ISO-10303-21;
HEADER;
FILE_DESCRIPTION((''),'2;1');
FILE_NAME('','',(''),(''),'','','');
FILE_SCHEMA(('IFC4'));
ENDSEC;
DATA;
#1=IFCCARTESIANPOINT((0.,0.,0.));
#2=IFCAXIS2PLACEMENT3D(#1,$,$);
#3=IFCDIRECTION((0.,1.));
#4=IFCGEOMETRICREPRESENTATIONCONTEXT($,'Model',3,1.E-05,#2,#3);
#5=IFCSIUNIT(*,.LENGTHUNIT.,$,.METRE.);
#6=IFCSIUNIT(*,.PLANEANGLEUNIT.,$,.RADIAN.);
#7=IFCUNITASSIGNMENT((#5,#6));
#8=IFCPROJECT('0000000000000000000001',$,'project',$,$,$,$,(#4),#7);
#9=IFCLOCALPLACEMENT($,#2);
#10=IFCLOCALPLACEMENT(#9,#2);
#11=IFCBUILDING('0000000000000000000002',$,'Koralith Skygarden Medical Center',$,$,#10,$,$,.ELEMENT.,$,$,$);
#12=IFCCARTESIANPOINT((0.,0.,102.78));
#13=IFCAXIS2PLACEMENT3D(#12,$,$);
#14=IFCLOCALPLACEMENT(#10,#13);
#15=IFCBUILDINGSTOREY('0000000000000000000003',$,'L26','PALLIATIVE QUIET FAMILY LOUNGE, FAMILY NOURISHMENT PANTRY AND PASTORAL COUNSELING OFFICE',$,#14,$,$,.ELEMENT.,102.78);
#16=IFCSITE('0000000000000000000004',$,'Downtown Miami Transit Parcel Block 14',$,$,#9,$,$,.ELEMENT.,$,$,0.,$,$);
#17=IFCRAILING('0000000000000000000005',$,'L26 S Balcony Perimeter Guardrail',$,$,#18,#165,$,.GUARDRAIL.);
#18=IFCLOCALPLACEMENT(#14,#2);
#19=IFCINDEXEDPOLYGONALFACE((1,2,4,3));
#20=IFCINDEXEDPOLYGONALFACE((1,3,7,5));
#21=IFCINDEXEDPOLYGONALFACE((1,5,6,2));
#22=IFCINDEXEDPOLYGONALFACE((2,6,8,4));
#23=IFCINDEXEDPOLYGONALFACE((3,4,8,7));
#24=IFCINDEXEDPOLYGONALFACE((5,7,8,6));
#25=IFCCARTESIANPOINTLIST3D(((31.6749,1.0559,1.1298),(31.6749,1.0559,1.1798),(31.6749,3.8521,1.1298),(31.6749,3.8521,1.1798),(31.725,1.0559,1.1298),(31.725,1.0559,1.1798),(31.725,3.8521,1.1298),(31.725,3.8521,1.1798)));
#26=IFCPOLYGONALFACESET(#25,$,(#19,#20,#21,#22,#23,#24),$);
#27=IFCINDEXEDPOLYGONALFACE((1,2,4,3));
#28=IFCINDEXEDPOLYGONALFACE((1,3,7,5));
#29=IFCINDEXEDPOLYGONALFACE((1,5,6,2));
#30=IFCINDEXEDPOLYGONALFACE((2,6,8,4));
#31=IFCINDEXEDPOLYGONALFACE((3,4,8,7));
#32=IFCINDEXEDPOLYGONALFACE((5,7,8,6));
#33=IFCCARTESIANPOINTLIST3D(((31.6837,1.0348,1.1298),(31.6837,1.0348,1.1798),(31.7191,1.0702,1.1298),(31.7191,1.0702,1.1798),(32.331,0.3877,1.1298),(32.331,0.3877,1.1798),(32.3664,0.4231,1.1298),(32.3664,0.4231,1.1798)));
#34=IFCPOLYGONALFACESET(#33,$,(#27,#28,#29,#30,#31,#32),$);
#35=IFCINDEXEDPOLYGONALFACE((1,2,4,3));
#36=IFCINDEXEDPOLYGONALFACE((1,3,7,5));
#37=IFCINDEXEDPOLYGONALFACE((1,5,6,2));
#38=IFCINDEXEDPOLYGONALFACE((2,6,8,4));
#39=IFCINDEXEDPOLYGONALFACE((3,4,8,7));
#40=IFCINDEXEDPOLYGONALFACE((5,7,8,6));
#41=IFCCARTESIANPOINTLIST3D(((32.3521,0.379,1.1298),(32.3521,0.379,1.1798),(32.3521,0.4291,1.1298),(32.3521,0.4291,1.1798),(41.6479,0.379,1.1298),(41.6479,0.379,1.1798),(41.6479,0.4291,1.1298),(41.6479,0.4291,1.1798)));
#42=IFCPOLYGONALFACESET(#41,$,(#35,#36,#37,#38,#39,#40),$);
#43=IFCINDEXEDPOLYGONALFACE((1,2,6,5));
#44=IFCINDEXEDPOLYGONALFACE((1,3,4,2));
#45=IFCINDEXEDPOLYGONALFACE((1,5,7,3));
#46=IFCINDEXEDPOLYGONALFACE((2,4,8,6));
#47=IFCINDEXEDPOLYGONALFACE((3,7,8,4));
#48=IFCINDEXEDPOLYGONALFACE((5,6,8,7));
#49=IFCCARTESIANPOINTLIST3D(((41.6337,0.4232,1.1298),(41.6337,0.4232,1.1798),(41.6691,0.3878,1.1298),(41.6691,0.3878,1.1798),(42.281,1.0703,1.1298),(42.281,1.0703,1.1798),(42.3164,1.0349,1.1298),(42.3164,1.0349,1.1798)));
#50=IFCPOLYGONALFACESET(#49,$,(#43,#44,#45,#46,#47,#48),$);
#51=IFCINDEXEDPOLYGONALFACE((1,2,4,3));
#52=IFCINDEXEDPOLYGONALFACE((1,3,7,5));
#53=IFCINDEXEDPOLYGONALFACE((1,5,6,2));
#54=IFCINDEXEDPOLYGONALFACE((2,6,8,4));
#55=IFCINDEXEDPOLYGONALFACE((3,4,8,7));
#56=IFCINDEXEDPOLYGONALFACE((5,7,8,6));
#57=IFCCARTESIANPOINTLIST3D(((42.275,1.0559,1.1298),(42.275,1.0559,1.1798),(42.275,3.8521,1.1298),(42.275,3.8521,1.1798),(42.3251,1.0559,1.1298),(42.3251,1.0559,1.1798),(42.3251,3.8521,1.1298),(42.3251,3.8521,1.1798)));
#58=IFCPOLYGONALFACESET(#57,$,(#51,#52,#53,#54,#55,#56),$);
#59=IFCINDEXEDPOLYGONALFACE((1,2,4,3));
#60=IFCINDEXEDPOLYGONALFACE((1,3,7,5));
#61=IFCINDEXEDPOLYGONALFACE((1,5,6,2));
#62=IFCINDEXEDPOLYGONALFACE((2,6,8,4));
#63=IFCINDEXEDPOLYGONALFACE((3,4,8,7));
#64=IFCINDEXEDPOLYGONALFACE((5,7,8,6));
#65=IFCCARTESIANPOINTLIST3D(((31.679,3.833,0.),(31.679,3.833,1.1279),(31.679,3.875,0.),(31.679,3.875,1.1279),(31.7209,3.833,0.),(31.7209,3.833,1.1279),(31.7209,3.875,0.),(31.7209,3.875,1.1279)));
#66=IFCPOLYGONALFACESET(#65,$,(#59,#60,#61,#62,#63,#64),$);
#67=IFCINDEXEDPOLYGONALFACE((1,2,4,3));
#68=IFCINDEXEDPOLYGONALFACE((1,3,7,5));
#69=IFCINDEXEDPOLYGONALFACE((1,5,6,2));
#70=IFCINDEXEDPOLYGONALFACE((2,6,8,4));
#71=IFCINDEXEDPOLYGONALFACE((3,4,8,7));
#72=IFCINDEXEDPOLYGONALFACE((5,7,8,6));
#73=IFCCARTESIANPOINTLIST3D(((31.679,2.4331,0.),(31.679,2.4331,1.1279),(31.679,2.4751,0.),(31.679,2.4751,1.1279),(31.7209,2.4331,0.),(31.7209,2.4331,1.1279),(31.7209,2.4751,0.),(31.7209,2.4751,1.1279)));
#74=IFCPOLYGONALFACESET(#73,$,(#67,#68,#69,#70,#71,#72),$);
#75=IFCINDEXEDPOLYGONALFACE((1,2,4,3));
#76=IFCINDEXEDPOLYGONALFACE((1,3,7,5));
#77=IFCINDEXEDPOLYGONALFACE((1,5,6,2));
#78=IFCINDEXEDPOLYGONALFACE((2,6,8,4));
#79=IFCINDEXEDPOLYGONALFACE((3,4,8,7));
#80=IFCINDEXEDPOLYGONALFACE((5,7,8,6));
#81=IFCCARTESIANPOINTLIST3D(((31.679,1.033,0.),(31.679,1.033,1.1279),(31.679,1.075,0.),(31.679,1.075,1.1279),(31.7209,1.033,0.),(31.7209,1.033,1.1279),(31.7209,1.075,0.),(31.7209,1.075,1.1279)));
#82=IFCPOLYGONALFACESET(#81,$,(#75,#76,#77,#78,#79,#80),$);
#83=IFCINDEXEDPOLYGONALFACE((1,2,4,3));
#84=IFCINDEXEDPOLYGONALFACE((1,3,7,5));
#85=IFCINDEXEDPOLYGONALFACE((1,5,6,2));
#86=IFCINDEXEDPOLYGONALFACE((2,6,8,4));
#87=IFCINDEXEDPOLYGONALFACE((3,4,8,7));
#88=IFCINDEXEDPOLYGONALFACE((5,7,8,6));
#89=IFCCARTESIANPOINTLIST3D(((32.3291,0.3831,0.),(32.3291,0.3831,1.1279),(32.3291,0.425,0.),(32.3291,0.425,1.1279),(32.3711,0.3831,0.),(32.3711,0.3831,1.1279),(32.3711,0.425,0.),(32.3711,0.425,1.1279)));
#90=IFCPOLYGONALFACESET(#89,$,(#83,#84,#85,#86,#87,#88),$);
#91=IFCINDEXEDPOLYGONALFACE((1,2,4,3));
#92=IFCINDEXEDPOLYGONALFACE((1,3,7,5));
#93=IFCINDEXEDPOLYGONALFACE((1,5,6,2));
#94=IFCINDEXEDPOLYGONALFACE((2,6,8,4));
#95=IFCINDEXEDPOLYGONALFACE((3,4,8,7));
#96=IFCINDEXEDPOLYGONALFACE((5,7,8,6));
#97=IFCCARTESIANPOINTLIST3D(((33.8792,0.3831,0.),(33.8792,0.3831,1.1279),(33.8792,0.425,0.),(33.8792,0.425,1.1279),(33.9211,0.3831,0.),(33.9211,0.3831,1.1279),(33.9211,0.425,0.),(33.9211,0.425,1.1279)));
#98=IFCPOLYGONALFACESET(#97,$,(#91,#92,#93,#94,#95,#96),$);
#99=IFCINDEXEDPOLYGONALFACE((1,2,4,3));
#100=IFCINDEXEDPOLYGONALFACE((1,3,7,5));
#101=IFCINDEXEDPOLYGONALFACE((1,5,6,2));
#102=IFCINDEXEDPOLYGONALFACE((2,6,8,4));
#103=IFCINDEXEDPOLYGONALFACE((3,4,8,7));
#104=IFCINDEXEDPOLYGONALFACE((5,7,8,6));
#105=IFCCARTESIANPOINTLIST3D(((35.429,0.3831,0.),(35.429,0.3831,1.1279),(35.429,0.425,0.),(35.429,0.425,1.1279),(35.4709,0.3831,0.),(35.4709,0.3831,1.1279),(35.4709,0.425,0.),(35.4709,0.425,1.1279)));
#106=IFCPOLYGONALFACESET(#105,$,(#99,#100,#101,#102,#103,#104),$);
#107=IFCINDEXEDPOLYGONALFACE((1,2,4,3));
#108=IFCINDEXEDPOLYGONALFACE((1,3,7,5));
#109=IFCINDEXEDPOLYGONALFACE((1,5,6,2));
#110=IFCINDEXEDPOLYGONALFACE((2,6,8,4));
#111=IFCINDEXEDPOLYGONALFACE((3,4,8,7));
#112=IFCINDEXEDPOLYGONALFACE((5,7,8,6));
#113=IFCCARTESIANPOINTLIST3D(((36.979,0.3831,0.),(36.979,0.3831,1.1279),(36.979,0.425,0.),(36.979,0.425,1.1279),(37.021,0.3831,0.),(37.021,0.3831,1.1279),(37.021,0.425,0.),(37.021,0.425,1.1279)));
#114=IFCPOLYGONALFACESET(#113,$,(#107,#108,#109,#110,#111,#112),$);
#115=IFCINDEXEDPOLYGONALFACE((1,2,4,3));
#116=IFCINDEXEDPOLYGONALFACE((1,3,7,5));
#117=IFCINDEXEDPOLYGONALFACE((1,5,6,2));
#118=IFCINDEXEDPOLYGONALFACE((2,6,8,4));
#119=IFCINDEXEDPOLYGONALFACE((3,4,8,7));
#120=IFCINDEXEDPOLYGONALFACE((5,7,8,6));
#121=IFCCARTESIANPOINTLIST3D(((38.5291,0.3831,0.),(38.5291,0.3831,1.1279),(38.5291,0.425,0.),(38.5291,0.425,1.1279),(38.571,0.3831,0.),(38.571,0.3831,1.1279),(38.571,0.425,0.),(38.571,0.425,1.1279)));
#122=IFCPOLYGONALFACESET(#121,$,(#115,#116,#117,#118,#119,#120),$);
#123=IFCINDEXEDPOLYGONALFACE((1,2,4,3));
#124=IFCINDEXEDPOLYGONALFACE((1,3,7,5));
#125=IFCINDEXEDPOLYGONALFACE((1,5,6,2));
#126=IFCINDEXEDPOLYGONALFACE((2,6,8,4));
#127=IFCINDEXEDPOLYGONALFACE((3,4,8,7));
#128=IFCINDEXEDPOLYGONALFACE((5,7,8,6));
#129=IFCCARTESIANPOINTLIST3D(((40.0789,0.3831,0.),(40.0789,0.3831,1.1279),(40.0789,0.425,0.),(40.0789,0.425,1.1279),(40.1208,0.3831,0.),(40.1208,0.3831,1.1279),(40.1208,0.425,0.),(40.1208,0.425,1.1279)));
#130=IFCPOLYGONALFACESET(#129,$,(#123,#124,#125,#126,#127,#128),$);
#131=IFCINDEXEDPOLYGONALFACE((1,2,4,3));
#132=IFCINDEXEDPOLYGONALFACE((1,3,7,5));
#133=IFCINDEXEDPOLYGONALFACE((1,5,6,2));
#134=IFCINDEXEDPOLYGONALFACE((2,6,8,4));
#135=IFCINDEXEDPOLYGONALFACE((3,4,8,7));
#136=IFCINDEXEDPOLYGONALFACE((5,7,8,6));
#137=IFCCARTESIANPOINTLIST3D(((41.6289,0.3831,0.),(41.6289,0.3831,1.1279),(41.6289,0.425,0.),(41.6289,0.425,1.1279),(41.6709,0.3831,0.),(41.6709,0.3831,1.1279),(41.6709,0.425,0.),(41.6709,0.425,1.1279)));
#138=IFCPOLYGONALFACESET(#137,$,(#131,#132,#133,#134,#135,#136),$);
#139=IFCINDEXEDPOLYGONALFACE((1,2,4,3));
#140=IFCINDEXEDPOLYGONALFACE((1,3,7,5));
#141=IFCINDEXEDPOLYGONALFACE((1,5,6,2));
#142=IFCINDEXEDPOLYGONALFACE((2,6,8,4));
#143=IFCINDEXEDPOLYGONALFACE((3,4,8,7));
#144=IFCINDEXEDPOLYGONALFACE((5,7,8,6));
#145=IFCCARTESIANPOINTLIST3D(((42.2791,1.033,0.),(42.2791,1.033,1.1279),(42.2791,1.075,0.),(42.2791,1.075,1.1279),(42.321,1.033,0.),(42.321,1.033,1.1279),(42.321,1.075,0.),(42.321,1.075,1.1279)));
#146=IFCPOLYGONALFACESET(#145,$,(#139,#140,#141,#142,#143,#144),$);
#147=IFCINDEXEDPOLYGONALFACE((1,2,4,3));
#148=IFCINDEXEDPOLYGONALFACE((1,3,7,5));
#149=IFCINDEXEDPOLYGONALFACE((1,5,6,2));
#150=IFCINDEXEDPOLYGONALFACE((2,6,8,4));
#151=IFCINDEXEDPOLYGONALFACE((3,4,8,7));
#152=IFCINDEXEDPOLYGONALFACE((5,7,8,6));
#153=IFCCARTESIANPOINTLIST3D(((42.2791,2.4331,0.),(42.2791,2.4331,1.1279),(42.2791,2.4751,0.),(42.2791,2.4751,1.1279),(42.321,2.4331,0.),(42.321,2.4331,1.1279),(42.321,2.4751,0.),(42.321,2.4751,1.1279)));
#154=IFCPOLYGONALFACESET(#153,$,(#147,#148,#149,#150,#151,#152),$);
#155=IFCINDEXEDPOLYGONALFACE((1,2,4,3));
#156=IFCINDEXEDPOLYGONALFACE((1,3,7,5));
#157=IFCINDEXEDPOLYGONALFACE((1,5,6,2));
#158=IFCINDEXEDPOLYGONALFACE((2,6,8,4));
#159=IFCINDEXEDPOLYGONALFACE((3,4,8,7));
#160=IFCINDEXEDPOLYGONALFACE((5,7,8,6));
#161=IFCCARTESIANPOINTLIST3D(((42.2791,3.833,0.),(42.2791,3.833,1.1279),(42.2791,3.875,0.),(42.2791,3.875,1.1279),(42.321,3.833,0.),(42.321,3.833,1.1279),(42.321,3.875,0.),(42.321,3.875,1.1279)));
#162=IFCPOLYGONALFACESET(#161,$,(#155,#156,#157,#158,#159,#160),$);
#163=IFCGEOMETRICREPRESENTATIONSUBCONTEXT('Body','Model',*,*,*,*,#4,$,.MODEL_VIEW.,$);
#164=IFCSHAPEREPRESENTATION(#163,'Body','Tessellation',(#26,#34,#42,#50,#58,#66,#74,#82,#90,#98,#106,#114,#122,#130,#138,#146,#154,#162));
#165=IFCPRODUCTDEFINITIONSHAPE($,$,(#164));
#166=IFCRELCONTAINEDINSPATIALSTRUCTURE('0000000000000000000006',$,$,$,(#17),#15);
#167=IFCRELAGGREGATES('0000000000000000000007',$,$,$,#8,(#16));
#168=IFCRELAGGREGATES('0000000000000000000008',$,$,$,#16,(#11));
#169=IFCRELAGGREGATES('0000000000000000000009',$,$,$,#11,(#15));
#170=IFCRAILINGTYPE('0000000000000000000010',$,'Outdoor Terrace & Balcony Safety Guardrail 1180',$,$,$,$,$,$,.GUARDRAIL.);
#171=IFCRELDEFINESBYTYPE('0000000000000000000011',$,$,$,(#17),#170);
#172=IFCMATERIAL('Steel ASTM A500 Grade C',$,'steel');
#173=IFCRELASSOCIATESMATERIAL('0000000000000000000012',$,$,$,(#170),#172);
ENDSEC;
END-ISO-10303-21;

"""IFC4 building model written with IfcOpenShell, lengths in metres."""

from ifc_helpers import new_model, si_unit, direction, frame, origin, origin_2d, place, context, subcontext, project, spatial, rectangle, extrude, material, type_object, element, save


model = new_model("IFC4")

# Units and contexts
model_context = context("Model", 3, precision=1e-05, world=origin(), true_north=direction((0.0, 1.0)))
body_context = subcontext(model_context, "Body", "Model", "MODEL_VIEW")
ifc_project = project(units=[si_unit("LENGTHUNIT", "METRE"), si_unit("PLANEANGLEUNIT", "RADIAN")], contexts=[model_context])

# Site, building, storey
site_placement = place(None, origin())
site = spatial("IfcSite", under=ifc_project, at=site_placement, Name="Downtown Miami Transit Parcel Block 14", CompositionType="ELEMENT", RefElevation=0.0)
building_placement = place(site_placement, origin())
building = spatial("IfcBuilding", under=site, at=building_placement, Name="Koralith Skygarden Medical Center", CompositionType="ELEMENT")
storey_placement = place(building_placement, frame((0.0, 0.0, 102.78)))
storey = spatial("IfcBuildingStorey", under=building, at=storey_placement, Name="L26", Description="PALLIATIVE QUIET FAMILY LOUNGE, FAMILY NOURISHMENT PANTRY AND PASTORAL COUNSELING OFFICE", CompositionType="ELEMENT", Elevation=102.78)

# Railing
ifc_material_1 = material(Name="Steel ASTM A500 Grade C", Category="steel")
railing_type = type_object("IfcRailingType", Name="Outdoor Terrace & Balcony Safety Guardrail 1180", PredefinedType="GUARDRAIL", material=ifc_material_1)
railing_placement = place(storey_placement, frame((31.7, 3.854, 0.0)))
element("IfcRailing", 1, at=railing_placement, inside=storey, type_object=railing_type, Name="L26 S Balcony Perimeter Guardrail", PredefinedType="GUARDRAIL", context=body_context, shape_type="SweptSolid", body=[
    extrude(rectangle(XDim=0.05, YDim=0.05, at=origin_2d()), frame((0.0, -0.002, 1.1548), z_axis=(0.0, -1.0, 0.0), x_axis=(1.0, 0.0, 0.0)), (0.0, 0.0, 1.0), 2.7961),
    extrude(rectangle(XDim=0.05, YDim=0.05, at=origin_2d()), frame((0.0015, -2.8015, 1.1548), z_axis=(0.70724, -0.706974, 0.0), x_axis=(0.706974, 0.70724, 0.0)), (0.0, 0.0, 1.0), 0.9153),
    extrude(rectangle(XDim=0.05, YDim=0.05, at=origin_2d()), frame((0.6521, -3.45, 1.1548), z_axis=(1.0, 0.0, 0.0), x_axis=(0.0, 1.0, 0.0)), (0.0, 0.0, 1.0), 9.2959),
    extrude(rectangle(XDim=0.05, YDim=0.05, at=origin_2d()), frame((9.9514, -3.4485, 1.1548), z_axis=(0.70724, 0.706974, 0.0), x_axis=(-0.706974, 0.70724, 0.0)), (0.0, 0.0, 1.0), 0.9153),
    extrude(rectangle(XDim=0.05, YDim=0.05, at=origin_2d()), frame((10.6001, -2.7981, 1.1548), z_axis=(0.0, 1.0, 0.0), x_axis=(-1.0, 0.0, 0.0)), (0.0, 0.0, 1.0), 2.7961),
    extrude(rectangle(XDim=0.042, YDim=0.042, at=origin_2d()), origin(), (0.0, 0.0, 1.0), 1.1279),
    extrude(rectangle(XDim=0.042, YDim=0.042, at=origin_2d()), frame((0.0, -1.3999, 0.0)), (0.0, 0.0, 1.0), 1.1279),
    extrude(rectangle(XDim=0.042, YDim=0.042, at=origin_2d()), frame((0.0, -2.8, 0.0)), (0.0, 0.0, 1.0), 1.1279),
    extrude(rectangle(XDim=0.042, YDim=0.042, at=origin_2d()), frame((0.6501, -3.45, 0.0)), (0.0, 0.0, 1.0), 1.1279),
    extrude(rectangle(XDim=0.042, YDim=0.042, at=origin_2d()), frame((2.2002, -3.45, 0.0)), (0.0, 0.0, 1.0), 1.1279),
    extrude(rectangle(XDim=0.042, YDim=0.042, at=origin_2d()), frame((3.75, -3.45, 0.0)), (0.0, 0.0, 1.0), 1.1279),
    extrude(rectangle(XDim=0.042, YDim=0.042, at=origin_2d()), frame((5.3, -3.45, 0.0)), (0.0, 0.0, 1.0), 1.1279),
    extrude(rectangle(XDim=0.042, YDim=0.042, at=origin_2d()), frame((6.8501, -3.45, 0.0)), (0.0, 0.0, 1.0), 1.1279),
    extrude(rectangle(XDim=0.042, YDim=0.042, at=origin_2d()), frame((8.3999, -3.45, 0.0)), (0.0, 0.0, 1.0), 1.1279),
    extrude(rectangle(XDim=0.042, YDim=0.042, at=origin_2d()), frame((9.95, -3.45, 0.0)), (0.0, 0.0, 1.0), 1.1279),
    extrude(rectangle(XDim=0.042, YDim=0.042, at=origin_2d()), frame((10.6001, -2.8, 0.0)), (0.0, 0.0, 1.0), 1.1279),
    extrude(rectangle(XDim=0.042, YDim=0.042, at=origin_2d()), frame((10.6001, -1.3999, 0.0)), (0.0, 0.0, 1.0), 1.1279),
    extrude(rectangle(XDim=0.042, YDim=0.042, at=origin_2d()), frame((10.6001, 0.0, 0.0)), (0.0, 0.0, 1.0), 1.1279),
])

save(model, "model.ifc")
